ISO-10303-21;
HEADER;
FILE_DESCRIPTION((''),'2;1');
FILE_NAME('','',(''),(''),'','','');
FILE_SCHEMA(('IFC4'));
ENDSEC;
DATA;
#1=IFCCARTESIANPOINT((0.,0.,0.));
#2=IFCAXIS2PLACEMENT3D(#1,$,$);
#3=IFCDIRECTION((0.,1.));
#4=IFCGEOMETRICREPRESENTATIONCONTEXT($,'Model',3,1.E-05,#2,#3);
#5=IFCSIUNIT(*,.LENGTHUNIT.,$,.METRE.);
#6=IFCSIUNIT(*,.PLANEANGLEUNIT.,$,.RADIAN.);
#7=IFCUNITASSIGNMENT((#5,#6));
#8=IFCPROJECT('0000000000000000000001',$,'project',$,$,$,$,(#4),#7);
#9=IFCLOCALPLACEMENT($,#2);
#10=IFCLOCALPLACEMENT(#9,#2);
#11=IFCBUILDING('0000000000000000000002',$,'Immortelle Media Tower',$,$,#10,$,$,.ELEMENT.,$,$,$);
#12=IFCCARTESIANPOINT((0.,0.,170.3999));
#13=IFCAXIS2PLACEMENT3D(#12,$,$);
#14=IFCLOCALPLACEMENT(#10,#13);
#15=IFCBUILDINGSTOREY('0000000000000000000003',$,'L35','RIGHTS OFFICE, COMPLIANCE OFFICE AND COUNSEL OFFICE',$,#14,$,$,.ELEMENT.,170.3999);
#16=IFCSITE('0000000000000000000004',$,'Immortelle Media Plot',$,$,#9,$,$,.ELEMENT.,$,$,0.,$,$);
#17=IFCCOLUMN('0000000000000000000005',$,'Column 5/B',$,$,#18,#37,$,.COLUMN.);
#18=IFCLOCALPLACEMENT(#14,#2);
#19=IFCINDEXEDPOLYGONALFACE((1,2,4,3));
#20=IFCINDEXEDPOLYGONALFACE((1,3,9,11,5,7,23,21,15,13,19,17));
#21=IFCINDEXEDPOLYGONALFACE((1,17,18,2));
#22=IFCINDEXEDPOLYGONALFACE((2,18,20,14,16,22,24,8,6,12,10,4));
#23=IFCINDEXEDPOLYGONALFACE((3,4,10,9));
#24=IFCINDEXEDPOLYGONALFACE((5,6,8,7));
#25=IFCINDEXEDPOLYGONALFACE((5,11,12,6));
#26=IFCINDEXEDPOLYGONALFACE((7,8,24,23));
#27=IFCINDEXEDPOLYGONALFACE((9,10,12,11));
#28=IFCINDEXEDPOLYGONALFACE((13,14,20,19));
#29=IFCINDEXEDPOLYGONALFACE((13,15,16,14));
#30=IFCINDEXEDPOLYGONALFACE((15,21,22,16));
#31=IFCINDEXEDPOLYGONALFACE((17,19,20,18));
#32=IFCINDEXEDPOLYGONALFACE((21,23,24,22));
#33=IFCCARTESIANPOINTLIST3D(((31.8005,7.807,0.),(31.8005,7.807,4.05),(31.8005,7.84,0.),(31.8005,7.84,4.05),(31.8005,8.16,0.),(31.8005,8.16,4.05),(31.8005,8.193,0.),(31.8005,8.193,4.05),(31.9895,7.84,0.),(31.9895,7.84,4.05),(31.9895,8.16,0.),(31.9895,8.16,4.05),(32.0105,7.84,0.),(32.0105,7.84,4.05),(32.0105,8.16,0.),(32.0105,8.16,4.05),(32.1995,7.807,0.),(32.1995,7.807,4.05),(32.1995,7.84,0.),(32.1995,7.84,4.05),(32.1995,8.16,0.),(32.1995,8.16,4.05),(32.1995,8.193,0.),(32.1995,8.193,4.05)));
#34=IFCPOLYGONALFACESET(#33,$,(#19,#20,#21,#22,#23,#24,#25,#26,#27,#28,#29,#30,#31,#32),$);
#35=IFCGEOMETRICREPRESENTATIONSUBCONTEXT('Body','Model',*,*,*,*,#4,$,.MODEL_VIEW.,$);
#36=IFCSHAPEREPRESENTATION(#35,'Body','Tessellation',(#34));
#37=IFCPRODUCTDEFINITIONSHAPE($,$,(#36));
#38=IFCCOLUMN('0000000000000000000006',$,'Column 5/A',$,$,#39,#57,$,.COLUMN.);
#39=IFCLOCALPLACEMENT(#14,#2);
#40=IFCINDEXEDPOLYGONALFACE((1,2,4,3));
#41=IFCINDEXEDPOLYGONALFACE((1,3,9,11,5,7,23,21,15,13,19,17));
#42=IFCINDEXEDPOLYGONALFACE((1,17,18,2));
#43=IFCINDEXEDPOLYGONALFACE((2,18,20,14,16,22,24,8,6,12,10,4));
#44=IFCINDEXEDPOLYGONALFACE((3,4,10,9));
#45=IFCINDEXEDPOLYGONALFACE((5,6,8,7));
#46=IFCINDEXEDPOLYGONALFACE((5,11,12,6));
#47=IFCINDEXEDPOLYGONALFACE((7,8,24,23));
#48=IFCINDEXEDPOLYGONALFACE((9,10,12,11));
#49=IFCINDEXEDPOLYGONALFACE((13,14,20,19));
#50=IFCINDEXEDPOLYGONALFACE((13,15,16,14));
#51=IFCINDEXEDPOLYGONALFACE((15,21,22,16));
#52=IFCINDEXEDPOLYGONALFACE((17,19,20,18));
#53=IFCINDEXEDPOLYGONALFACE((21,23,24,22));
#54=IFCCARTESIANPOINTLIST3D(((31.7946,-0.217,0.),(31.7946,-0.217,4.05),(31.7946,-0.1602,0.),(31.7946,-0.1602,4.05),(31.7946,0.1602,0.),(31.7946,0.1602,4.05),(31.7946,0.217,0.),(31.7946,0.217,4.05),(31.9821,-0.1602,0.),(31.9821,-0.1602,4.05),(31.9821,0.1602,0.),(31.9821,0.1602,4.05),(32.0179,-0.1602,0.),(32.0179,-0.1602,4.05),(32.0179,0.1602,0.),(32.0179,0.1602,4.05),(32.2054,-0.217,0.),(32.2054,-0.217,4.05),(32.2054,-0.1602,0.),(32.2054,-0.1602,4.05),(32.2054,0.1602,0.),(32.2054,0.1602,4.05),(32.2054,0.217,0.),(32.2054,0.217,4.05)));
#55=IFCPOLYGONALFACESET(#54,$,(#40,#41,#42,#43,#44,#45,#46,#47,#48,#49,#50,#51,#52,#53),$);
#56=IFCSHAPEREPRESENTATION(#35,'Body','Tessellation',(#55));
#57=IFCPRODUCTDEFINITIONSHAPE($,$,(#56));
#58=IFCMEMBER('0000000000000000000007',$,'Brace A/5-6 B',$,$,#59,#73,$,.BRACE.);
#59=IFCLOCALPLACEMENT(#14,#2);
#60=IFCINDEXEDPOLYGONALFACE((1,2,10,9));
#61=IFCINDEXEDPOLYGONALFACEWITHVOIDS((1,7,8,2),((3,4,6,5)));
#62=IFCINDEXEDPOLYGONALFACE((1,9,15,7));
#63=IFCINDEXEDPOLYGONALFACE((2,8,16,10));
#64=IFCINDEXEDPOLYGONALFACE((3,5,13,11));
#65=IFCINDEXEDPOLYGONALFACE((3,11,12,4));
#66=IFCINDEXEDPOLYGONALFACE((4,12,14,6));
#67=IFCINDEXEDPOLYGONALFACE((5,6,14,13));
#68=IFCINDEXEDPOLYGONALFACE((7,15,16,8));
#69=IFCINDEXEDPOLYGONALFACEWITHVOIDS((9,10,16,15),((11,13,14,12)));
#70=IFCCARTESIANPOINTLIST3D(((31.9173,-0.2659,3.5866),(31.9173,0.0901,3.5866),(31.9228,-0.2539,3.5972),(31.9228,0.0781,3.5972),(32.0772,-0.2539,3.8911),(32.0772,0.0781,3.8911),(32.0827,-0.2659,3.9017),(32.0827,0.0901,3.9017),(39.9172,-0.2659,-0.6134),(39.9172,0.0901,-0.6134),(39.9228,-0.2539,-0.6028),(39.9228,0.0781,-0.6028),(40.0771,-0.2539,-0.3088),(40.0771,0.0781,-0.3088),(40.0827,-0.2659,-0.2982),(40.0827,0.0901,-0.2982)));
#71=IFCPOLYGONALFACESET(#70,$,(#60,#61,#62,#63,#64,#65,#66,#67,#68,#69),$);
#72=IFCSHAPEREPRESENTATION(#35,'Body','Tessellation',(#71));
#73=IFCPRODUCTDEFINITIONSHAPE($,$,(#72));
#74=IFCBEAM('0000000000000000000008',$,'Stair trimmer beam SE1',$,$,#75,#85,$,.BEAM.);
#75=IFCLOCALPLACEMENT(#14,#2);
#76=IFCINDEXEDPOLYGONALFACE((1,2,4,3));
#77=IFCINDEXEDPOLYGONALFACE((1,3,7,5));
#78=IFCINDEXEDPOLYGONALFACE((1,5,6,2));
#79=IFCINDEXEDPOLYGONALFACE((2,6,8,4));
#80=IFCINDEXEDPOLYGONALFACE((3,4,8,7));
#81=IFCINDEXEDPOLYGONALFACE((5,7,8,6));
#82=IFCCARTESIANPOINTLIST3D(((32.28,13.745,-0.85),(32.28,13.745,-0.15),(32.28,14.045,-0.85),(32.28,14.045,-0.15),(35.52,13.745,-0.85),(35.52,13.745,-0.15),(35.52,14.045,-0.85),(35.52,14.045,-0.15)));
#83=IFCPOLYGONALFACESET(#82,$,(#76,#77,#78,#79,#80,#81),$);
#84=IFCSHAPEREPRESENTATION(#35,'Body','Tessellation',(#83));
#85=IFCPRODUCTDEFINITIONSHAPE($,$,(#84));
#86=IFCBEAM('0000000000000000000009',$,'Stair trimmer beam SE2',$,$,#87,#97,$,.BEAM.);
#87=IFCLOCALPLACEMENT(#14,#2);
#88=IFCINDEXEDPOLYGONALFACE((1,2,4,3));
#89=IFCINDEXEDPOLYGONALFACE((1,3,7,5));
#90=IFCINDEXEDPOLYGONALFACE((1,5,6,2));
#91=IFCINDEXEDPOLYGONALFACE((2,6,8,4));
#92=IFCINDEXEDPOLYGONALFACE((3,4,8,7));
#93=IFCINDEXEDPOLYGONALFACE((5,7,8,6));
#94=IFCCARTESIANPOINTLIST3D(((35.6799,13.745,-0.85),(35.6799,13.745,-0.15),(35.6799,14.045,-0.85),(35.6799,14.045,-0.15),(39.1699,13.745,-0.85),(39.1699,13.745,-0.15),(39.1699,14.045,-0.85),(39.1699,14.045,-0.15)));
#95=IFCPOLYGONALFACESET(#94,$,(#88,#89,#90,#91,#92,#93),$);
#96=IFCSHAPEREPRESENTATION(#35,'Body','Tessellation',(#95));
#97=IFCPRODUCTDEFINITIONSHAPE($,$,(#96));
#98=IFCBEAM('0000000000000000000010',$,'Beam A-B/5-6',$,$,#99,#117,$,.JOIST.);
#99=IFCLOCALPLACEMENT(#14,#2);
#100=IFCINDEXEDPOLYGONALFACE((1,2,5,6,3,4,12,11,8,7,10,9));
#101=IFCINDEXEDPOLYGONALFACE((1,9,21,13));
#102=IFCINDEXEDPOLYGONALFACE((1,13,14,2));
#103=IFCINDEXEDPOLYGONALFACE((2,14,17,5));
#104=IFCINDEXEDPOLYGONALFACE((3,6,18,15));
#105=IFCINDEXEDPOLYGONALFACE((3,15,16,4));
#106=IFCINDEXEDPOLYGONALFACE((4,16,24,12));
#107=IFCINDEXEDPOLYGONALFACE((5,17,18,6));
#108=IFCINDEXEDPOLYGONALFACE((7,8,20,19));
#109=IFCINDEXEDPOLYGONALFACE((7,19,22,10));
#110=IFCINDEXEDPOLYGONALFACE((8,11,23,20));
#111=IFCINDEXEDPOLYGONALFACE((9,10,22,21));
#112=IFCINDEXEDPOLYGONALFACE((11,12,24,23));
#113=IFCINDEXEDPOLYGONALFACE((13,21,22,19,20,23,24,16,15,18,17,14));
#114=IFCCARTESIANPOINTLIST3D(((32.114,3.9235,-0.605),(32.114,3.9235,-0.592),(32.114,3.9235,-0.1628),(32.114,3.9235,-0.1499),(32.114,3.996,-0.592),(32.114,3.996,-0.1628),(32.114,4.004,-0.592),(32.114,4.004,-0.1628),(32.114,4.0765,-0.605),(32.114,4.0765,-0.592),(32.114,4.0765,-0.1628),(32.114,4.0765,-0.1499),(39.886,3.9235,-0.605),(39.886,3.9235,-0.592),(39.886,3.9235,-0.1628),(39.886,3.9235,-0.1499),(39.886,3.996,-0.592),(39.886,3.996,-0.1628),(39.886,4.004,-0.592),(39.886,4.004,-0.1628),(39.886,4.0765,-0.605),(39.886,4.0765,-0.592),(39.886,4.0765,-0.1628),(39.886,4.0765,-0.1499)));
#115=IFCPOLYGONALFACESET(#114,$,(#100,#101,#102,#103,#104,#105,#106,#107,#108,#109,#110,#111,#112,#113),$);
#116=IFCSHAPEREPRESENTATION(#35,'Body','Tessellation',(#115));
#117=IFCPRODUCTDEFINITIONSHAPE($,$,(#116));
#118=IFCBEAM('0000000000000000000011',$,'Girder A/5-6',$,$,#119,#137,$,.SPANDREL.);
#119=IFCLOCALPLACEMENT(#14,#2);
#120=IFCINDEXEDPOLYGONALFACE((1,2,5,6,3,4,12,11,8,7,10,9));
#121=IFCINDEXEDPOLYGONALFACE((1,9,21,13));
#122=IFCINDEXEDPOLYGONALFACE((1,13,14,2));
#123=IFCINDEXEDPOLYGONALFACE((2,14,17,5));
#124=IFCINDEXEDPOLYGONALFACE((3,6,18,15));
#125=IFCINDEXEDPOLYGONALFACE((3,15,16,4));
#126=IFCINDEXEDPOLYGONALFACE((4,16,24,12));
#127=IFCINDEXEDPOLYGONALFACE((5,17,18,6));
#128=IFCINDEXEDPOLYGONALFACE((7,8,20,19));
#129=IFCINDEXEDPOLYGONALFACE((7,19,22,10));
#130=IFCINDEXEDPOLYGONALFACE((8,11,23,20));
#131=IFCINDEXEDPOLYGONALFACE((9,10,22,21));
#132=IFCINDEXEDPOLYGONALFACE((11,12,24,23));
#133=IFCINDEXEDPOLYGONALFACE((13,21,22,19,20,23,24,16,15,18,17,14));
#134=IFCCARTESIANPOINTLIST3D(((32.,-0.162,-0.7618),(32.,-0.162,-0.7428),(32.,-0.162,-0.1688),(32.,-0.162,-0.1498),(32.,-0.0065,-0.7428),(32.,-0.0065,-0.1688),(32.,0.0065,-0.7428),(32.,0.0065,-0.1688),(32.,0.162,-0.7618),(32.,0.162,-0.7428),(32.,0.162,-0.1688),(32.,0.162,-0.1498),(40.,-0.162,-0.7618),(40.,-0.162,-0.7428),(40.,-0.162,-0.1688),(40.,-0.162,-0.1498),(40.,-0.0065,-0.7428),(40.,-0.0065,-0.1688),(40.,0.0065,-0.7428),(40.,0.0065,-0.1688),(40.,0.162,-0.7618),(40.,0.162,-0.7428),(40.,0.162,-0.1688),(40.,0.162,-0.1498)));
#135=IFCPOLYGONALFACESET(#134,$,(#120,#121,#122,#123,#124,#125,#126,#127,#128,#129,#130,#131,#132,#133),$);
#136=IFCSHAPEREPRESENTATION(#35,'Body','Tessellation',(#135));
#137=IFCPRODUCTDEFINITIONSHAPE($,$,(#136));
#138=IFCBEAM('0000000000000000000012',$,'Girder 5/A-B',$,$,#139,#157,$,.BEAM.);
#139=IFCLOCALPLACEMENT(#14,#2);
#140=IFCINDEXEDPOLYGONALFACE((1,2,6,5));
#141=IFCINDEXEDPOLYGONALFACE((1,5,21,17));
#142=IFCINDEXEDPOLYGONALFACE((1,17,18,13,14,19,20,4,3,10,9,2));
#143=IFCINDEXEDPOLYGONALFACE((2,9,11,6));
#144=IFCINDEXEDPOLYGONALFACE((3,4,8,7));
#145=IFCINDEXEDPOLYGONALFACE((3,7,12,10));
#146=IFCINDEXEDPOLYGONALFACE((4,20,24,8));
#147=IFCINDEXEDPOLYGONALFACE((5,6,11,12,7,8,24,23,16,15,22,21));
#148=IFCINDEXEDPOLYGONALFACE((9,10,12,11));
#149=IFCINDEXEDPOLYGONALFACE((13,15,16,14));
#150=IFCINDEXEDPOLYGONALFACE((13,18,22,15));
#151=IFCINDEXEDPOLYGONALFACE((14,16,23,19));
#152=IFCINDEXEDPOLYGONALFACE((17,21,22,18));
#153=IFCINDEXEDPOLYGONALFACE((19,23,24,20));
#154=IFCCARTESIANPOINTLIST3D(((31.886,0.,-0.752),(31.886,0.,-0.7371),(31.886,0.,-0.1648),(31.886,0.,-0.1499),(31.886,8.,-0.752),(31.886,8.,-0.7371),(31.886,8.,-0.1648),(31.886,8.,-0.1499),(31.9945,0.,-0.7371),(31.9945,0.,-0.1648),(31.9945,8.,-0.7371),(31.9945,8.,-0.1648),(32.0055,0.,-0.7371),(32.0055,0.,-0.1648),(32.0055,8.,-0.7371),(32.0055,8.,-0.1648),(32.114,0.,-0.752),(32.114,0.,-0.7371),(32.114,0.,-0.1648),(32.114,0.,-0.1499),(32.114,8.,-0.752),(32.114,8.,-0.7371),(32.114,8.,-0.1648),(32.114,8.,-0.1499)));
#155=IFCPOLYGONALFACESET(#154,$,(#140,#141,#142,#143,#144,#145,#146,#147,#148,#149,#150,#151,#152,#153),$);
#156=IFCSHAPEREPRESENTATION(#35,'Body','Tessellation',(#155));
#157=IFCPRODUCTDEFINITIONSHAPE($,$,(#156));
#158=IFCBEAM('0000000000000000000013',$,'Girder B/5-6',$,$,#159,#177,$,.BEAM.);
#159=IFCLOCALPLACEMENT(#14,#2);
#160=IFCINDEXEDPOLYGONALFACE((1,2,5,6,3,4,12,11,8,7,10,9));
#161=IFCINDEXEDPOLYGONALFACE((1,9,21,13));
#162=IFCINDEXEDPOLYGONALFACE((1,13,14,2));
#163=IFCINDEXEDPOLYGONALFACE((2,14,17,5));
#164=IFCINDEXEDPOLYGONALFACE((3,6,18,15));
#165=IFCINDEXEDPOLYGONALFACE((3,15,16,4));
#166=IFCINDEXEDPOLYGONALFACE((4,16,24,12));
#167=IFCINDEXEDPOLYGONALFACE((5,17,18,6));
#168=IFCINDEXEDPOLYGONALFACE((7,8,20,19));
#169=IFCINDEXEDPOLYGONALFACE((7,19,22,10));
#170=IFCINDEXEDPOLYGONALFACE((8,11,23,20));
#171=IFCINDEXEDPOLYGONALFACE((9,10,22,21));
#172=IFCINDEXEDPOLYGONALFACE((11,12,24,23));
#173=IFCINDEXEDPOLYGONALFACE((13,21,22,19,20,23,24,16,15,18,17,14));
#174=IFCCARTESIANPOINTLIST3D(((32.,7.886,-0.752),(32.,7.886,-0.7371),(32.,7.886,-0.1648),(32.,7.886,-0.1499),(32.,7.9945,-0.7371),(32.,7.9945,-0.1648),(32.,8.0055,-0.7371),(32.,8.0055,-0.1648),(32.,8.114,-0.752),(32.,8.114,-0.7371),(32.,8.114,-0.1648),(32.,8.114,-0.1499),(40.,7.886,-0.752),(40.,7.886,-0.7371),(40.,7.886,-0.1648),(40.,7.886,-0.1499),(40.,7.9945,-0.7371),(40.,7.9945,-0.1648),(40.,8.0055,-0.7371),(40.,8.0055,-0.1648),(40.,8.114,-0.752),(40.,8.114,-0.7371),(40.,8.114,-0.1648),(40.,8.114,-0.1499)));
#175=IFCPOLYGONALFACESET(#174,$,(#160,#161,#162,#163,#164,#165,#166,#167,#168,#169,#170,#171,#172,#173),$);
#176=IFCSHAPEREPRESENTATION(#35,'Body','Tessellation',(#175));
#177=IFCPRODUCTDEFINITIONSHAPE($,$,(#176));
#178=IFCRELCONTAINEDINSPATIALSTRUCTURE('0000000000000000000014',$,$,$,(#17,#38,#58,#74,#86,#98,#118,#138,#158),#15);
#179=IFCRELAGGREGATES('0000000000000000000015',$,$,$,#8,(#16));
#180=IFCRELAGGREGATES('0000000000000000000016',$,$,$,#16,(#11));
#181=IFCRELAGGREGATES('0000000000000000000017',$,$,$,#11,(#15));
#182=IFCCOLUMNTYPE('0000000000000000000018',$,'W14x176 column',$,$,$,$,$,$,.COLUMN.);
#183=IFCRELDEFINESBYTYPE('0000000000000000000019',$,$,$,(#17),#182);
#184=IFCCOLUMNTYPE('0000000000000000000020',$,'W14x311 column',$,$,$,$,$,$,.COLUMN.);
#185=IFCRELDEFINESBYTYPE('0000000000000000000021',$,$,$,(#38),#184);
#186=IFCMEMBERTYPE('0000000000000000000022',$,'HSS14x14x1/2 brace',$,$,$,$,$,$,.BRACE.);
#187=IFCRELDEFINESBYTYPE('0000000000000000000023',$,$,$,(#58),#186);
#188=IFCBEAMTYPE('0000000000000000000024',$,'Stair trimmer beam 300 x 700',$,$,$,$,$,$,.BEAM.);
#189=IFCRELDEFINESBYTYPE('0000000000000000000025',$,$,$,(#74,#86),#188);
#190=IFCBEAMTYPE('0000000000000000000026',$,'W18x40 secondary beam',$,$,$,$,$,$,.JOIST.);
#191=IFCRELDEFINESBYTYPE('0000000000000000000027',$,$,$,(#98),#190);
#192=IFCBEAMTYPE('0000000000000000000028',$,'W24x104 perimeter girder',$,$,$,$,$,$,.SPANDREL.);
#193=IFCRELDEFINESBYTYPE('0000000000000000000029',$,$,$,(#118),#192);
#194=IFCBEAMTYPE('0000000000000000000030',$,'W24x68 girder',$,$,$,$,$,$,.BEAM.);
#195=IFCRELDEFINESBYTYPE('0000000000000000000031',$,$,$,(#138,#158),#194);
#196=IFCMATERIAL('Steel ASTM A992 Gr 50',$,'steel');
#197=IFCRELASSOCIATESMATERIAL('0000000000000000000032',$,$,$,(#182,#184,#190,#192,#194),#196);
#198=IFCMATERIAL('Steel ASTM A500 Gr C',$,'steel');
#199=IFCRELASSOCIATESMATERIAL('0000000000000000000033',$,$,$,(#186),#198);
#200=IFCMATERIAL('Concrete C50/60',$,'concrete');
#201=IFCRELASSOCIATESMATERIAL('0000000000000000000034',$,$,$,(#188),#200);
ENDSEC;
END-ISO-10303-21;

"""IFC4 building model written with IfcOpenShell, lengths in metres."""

from ifc_helpers import new_model, si_unit, direction, frame, origin, origin_2d, place, context, subcontext, project, spatial, rectangle, hollow_rectangle, i_section, extrude, material, material_profile, profile_set, type_object, element, save


model = new_model("IFC4")

# Units and contexts
model_context = context("Model", 3, precision=1e-05, world=origin(), true_north=direction((0.0, 1.0)))
body_context = subcontext(model_context, "Body", "Model", "MODEL_VIEW")
ifc_project = project(units=[si_unit("LENGTHUNIT", "METRE"), si_unit("PLANEANGLEUNIT", "RADIAN")], contexts=[model_context])

# Site, building, storey
site_placement = place(None, origin())
site = spatial("IfcSite", under=ifc_project, at=site_placement, Name="Immortelle Media Plot", CompositionType="ELEMENT", RefElevation=0.0)
building_placement = place(site_placement, origin())
building = spatial("IfcBuilding", under=site, at=building_placement, Name="Immortelle Media Tower", CompositionType="ELEMENT")
storey_placement = place(building_placement, frame((0.0, 0.0, 170.3999)))
storey = spatial("IfcBuildingStorey", under=building, at=storey_placement, Name="L35", Description="RIGHTS OFFICE, COMPLIANCE OFFICE AND COUNSEL OFFICE", CompositionType="ELEMENT", Elevation=170.3999)

# Columns
ifc_material_1 = material(Name="Steel ASTM A992 Gr 50", Category="steel")
ifc_material_profile_1 = material_profile(ifc_material_1, i_section(OverallWidth=0.3989, OverallDepth=0.386, WebThickness=0.021, FlangeThickness=0.033, at=origin_2d()), Name="W14x176")
ifc_profile_set_1 = profile_set([ifc_material_profile_1], Name="Steel ASTM A992 Gr 50")
column_type_1 = type_object("IfcColumnType", Name="W14x176 column", PredefinedType="COLUMN", material=ifc_profile_set_1)
column_1_placement = place(storey_placement, frame((32.0, 8.0, 0.0), z_axis=(0.0, 0.0, 1.0), x_axis=(1.0, 0.0, 0.0)))
element("IfcColumn", 1, at=column_1_placement, inside=storey, type_object=column_type_1, Name="Column 5/B", PredefinedType="COLUMN", context=body_context, shape_type="SweptSolid", body=[
    extrude(i_section(OverallWidth=0.3989, OverallDepth=0.386, WebThickness=0.021, FlangeThickness=0.033, at=origin_2d()), origin(), (0.0, 0.0, 1.0), 4.05),
])
ifc_material_profile_2 = material_profile(ifc_material_1, i_section(OverallWidth=0.4109, OverallDepth=0.4341, WebThickness=0.0359, FlangeThickness=0.0569, at=origin_2d()), Name="W14x311")
ifc_profile_set_2 = profile_set([ifc_material_profile_2], Name="Steel ASTM A992 Gr 50")
column_type_2 = type_object("IfcColumnType", Name="W14x311 column", PredefinedType="COLUMN", material=ifc_profile_set_2)
column_2_placement = place(storey_placement, frame((32.0, 0.0, 0.0), z_axis=(0.0, 0.0, 1.0), x_axis=(1.0, 0.0, 0.0)))
element("IfcColumn", 2, at=column_2_placement, inside=storey, type_object=column_type_2, Name="Column 5/A", PredefinedType="COLUMN", context=body_context, shape_type="SweptSolid", body=[
    extrude(i_section(OverallWidth=0.4109, OverallDepth=0.4341, WebThickness=0.0359, FlangeThickness=0.0569, at=origin_2d()), origin(), (0.0, 0.0, 1.0), 4.05),
])

# Member
ifc_material_2 = material(Name="Steel ASTM A500 Gr C", Category="steel")
ifc_material_profile_3 = material_profile(ifc_material_2, hollow_rectangle(XDim=0.356, YDim=0.356, WallThickness=0.012, at=origin_2d()), Name="HSS14x14x1/2 brace")
ifc_profile_set_3 = profile_set([ifc_material_profile_3], Name="Steel ASTM A500 Gr C")
member_type = type_object("IfcMemberType", Name="HSS14x14x1/2 brace", PredefinedType="BRACE", material=ifc_profile_set_3)
member_placement = place(storey_placement, frame((32.0, -0.0879, 3.7441), z_axis=(0.8854, 0.0, -0.46483), x_axis=(0.0, 1.0, 0.0)))
element("IfcMember", 3, at=member_placement, inside=storey, type_object=member_type, Name="Brace A/5-6 B", PredefinedType="BRACE", context=body_context, shape_type="SweptSolid", body=[
    extrude(hollow_rectangle(XDim=0.356, YDim=0.356, WallThickness=0.012, at=origin_2d()), origin(), (0.0, 0.0, 1.0), 9.0354),
])

# Beams
ifc_material_3 = material(Name="Concrete C50/60", Category="concrete")
ifc_material_profile_4 = material_profile(ifc_material_3, rectangle(XDim=0.3, YDim=0.7, at=origin_2d()), Name="RC 300x700")
ifc_profile_set_4 = profile_set([ifc_material_profile_4], Name="Concrete C50/60")
beam_type_1 = type_object("IfcBeamType", Name="Stair trimmer beam 300 x 700", PredefinedType="BEAM", material=ifc_profile_set_4)
beam_1_placement = place(storey_placement, frame((32.28, 13.895, -0.5), z_axis=(1.0, 0.0, 0.0), x_axis=(0.0, 1.0, 0.0)))
element("IfcBeam", 4, at=beam_1_placement, inside=storey, type_object=beam_type_1, Name="Stair trimmer beam SE1", PredefinedType="BEAM", context=body_context, shape_type="SweptSolid", body=[
    extrude(rectangle(XDim=0.3, YDim=0.7, at=origin_2d()), origin(), (0.0, 0.0, 1.0), 3.24),
])
beam_2_placement = place(storey_placement, frame((35.6799, 13.895, -0.5), z_axis=(1.0, 0.0, 0.0), x_axis=(0.0, 1.0, 0.0)))
element("IfcBeam", 5, at=beam_2_placement, inside=storey, type_object=beam_type_1, Name="Stair trimmer beam SE2", PredefinedType="BEAM", context=body_context, shape_type="SweptSolid", body=[
    extrude(rectangle(XDim=0.3, YDim=0.7, at=origin_2d()), origin(), (0.0, 0.0, 1.0), 3.49),
])
ifc_material_profile_5 = material_profile(ifc_material_1, i_section(OverallWidth=0.1531, OverallDepth=0.4551, WebThickness=0.0081, FlangeThickness=0.0129, at=origin_2d()), Name="W18x40")
ifc_profile_set_5 = profile_set([ifc_material_profile_5], Name="Steel ASTM A992 Gr 50")
beam_type_2 = type_object("IfcBeamType", Name="W18x40 secondary beam", PredefinedType="JOIST", material=ifc_profile_set_5)
beam_3_placement = place(storey_placement, frame((32.114, 4.0, -0.3774), z_axis=(1.0, 0.0, 0.0), x_axis=(0.0, 1.0, 0.0)))
element("IfcBeam", 6, at=beam_3_placement, inside=storey, type_object=beam_type_2, Name="Beam A-B/5-6", PredefinedType="JOIST", context=body_context, shape_type="SweptSolid", body=[
    extrude(i_section(OverallWidth=0.1531, OverallDepth=0.4551, WebThickness=0.0081, FlangeThickness=0.0129, at=origin_2d()), origin(), (0.0, 0.0, 1.0), 7.772),
])
ifc_material_profile_6 = material_profile(ifc_material_1, i_section(OverallWidth=0.324, OverallDepth=0.6121, WebThickness=0.0129, FlangeThickness=0.019, at=origin_2d()), Name="W24x104")
ifc_profile_set_6 = profile_set([ifc_material_profile_6], Name="Steel ASTM A992 Gr 50")
beam_type_3 = type_object("IfcBeamType", Name="W24x104 perimeter girder", PredefinedType="SPANDREL", material=ifc_profile_set_6)
beam_4_placement = place(storey_placement, frame((32.0, 0.0, -0.4558), z_axis=(1.0, 0.0, 0.0), x_axis=(0.0, 1.0, 0.0)))
element("IfcBeam", 7, at=beam_4_placement, inside=storey, type_object=beam_type_3, Name="Girder A/5-6", PredefinedType="SPANDREL", context=body_context, shape_type="SweptSolid", body=[
    extrude(i_section(OverallWidth=0.324, OverallDepth=0.6121, WebThickness=0.0129, FlangeThickness=0.019, at=origin_2d()), origin(), (0.0, 0.0, 1.0), 8.0),
])
ifc_material_profile_7 = material_profile(ifc_material_1, i_section(OverallWidth=0.228, OverallDepth=0.6021, WebThickness=0.011, FlangeThickness=0.0149, at=origin_2d()), Name="W24x68")
ifc_profile_set_7 = profile_set([ifc_material_profile_7], Name="Steel ASTM A992 Gr 50")
beam_type_4 = type_object("IfcBeamType", Name="W24x68 girder", PredefinedType="BEAM", material=ifc_profile_set_7)
for number, where, z_axis, x_axis, name in (
    (8, (32.0, 0.0, -0.4509), (0.0, 1.0, 0.0), (-1.0, 0.0, 0.0), "Girder 5/A-B"),
    (9, (32.0, 8.0, -0.4509), (1.0, 0.0, 0.0), (0.0, 1.0, 0.0), "Girder B/5-6"),
):
    element("IfcBeam", number, at=place(storey_placement, frame(where, z_axis=z_axis, x_axis=x_axis)), inside=storey, type_object=beam_type_4, Name=name, PredefinedType="BEAM", context=body_context, shape_type="SweptSolid", body=[
        extrude(i_section(OverallWidth=0.228, OverallDepth=0.6021, WebThickness=0.011, FlangeThickness=0.0149, at=origin_2d()), origin(), (0.0, 0.0, 1.0), 8.0),
    ])

save(model, "model.ifc")
